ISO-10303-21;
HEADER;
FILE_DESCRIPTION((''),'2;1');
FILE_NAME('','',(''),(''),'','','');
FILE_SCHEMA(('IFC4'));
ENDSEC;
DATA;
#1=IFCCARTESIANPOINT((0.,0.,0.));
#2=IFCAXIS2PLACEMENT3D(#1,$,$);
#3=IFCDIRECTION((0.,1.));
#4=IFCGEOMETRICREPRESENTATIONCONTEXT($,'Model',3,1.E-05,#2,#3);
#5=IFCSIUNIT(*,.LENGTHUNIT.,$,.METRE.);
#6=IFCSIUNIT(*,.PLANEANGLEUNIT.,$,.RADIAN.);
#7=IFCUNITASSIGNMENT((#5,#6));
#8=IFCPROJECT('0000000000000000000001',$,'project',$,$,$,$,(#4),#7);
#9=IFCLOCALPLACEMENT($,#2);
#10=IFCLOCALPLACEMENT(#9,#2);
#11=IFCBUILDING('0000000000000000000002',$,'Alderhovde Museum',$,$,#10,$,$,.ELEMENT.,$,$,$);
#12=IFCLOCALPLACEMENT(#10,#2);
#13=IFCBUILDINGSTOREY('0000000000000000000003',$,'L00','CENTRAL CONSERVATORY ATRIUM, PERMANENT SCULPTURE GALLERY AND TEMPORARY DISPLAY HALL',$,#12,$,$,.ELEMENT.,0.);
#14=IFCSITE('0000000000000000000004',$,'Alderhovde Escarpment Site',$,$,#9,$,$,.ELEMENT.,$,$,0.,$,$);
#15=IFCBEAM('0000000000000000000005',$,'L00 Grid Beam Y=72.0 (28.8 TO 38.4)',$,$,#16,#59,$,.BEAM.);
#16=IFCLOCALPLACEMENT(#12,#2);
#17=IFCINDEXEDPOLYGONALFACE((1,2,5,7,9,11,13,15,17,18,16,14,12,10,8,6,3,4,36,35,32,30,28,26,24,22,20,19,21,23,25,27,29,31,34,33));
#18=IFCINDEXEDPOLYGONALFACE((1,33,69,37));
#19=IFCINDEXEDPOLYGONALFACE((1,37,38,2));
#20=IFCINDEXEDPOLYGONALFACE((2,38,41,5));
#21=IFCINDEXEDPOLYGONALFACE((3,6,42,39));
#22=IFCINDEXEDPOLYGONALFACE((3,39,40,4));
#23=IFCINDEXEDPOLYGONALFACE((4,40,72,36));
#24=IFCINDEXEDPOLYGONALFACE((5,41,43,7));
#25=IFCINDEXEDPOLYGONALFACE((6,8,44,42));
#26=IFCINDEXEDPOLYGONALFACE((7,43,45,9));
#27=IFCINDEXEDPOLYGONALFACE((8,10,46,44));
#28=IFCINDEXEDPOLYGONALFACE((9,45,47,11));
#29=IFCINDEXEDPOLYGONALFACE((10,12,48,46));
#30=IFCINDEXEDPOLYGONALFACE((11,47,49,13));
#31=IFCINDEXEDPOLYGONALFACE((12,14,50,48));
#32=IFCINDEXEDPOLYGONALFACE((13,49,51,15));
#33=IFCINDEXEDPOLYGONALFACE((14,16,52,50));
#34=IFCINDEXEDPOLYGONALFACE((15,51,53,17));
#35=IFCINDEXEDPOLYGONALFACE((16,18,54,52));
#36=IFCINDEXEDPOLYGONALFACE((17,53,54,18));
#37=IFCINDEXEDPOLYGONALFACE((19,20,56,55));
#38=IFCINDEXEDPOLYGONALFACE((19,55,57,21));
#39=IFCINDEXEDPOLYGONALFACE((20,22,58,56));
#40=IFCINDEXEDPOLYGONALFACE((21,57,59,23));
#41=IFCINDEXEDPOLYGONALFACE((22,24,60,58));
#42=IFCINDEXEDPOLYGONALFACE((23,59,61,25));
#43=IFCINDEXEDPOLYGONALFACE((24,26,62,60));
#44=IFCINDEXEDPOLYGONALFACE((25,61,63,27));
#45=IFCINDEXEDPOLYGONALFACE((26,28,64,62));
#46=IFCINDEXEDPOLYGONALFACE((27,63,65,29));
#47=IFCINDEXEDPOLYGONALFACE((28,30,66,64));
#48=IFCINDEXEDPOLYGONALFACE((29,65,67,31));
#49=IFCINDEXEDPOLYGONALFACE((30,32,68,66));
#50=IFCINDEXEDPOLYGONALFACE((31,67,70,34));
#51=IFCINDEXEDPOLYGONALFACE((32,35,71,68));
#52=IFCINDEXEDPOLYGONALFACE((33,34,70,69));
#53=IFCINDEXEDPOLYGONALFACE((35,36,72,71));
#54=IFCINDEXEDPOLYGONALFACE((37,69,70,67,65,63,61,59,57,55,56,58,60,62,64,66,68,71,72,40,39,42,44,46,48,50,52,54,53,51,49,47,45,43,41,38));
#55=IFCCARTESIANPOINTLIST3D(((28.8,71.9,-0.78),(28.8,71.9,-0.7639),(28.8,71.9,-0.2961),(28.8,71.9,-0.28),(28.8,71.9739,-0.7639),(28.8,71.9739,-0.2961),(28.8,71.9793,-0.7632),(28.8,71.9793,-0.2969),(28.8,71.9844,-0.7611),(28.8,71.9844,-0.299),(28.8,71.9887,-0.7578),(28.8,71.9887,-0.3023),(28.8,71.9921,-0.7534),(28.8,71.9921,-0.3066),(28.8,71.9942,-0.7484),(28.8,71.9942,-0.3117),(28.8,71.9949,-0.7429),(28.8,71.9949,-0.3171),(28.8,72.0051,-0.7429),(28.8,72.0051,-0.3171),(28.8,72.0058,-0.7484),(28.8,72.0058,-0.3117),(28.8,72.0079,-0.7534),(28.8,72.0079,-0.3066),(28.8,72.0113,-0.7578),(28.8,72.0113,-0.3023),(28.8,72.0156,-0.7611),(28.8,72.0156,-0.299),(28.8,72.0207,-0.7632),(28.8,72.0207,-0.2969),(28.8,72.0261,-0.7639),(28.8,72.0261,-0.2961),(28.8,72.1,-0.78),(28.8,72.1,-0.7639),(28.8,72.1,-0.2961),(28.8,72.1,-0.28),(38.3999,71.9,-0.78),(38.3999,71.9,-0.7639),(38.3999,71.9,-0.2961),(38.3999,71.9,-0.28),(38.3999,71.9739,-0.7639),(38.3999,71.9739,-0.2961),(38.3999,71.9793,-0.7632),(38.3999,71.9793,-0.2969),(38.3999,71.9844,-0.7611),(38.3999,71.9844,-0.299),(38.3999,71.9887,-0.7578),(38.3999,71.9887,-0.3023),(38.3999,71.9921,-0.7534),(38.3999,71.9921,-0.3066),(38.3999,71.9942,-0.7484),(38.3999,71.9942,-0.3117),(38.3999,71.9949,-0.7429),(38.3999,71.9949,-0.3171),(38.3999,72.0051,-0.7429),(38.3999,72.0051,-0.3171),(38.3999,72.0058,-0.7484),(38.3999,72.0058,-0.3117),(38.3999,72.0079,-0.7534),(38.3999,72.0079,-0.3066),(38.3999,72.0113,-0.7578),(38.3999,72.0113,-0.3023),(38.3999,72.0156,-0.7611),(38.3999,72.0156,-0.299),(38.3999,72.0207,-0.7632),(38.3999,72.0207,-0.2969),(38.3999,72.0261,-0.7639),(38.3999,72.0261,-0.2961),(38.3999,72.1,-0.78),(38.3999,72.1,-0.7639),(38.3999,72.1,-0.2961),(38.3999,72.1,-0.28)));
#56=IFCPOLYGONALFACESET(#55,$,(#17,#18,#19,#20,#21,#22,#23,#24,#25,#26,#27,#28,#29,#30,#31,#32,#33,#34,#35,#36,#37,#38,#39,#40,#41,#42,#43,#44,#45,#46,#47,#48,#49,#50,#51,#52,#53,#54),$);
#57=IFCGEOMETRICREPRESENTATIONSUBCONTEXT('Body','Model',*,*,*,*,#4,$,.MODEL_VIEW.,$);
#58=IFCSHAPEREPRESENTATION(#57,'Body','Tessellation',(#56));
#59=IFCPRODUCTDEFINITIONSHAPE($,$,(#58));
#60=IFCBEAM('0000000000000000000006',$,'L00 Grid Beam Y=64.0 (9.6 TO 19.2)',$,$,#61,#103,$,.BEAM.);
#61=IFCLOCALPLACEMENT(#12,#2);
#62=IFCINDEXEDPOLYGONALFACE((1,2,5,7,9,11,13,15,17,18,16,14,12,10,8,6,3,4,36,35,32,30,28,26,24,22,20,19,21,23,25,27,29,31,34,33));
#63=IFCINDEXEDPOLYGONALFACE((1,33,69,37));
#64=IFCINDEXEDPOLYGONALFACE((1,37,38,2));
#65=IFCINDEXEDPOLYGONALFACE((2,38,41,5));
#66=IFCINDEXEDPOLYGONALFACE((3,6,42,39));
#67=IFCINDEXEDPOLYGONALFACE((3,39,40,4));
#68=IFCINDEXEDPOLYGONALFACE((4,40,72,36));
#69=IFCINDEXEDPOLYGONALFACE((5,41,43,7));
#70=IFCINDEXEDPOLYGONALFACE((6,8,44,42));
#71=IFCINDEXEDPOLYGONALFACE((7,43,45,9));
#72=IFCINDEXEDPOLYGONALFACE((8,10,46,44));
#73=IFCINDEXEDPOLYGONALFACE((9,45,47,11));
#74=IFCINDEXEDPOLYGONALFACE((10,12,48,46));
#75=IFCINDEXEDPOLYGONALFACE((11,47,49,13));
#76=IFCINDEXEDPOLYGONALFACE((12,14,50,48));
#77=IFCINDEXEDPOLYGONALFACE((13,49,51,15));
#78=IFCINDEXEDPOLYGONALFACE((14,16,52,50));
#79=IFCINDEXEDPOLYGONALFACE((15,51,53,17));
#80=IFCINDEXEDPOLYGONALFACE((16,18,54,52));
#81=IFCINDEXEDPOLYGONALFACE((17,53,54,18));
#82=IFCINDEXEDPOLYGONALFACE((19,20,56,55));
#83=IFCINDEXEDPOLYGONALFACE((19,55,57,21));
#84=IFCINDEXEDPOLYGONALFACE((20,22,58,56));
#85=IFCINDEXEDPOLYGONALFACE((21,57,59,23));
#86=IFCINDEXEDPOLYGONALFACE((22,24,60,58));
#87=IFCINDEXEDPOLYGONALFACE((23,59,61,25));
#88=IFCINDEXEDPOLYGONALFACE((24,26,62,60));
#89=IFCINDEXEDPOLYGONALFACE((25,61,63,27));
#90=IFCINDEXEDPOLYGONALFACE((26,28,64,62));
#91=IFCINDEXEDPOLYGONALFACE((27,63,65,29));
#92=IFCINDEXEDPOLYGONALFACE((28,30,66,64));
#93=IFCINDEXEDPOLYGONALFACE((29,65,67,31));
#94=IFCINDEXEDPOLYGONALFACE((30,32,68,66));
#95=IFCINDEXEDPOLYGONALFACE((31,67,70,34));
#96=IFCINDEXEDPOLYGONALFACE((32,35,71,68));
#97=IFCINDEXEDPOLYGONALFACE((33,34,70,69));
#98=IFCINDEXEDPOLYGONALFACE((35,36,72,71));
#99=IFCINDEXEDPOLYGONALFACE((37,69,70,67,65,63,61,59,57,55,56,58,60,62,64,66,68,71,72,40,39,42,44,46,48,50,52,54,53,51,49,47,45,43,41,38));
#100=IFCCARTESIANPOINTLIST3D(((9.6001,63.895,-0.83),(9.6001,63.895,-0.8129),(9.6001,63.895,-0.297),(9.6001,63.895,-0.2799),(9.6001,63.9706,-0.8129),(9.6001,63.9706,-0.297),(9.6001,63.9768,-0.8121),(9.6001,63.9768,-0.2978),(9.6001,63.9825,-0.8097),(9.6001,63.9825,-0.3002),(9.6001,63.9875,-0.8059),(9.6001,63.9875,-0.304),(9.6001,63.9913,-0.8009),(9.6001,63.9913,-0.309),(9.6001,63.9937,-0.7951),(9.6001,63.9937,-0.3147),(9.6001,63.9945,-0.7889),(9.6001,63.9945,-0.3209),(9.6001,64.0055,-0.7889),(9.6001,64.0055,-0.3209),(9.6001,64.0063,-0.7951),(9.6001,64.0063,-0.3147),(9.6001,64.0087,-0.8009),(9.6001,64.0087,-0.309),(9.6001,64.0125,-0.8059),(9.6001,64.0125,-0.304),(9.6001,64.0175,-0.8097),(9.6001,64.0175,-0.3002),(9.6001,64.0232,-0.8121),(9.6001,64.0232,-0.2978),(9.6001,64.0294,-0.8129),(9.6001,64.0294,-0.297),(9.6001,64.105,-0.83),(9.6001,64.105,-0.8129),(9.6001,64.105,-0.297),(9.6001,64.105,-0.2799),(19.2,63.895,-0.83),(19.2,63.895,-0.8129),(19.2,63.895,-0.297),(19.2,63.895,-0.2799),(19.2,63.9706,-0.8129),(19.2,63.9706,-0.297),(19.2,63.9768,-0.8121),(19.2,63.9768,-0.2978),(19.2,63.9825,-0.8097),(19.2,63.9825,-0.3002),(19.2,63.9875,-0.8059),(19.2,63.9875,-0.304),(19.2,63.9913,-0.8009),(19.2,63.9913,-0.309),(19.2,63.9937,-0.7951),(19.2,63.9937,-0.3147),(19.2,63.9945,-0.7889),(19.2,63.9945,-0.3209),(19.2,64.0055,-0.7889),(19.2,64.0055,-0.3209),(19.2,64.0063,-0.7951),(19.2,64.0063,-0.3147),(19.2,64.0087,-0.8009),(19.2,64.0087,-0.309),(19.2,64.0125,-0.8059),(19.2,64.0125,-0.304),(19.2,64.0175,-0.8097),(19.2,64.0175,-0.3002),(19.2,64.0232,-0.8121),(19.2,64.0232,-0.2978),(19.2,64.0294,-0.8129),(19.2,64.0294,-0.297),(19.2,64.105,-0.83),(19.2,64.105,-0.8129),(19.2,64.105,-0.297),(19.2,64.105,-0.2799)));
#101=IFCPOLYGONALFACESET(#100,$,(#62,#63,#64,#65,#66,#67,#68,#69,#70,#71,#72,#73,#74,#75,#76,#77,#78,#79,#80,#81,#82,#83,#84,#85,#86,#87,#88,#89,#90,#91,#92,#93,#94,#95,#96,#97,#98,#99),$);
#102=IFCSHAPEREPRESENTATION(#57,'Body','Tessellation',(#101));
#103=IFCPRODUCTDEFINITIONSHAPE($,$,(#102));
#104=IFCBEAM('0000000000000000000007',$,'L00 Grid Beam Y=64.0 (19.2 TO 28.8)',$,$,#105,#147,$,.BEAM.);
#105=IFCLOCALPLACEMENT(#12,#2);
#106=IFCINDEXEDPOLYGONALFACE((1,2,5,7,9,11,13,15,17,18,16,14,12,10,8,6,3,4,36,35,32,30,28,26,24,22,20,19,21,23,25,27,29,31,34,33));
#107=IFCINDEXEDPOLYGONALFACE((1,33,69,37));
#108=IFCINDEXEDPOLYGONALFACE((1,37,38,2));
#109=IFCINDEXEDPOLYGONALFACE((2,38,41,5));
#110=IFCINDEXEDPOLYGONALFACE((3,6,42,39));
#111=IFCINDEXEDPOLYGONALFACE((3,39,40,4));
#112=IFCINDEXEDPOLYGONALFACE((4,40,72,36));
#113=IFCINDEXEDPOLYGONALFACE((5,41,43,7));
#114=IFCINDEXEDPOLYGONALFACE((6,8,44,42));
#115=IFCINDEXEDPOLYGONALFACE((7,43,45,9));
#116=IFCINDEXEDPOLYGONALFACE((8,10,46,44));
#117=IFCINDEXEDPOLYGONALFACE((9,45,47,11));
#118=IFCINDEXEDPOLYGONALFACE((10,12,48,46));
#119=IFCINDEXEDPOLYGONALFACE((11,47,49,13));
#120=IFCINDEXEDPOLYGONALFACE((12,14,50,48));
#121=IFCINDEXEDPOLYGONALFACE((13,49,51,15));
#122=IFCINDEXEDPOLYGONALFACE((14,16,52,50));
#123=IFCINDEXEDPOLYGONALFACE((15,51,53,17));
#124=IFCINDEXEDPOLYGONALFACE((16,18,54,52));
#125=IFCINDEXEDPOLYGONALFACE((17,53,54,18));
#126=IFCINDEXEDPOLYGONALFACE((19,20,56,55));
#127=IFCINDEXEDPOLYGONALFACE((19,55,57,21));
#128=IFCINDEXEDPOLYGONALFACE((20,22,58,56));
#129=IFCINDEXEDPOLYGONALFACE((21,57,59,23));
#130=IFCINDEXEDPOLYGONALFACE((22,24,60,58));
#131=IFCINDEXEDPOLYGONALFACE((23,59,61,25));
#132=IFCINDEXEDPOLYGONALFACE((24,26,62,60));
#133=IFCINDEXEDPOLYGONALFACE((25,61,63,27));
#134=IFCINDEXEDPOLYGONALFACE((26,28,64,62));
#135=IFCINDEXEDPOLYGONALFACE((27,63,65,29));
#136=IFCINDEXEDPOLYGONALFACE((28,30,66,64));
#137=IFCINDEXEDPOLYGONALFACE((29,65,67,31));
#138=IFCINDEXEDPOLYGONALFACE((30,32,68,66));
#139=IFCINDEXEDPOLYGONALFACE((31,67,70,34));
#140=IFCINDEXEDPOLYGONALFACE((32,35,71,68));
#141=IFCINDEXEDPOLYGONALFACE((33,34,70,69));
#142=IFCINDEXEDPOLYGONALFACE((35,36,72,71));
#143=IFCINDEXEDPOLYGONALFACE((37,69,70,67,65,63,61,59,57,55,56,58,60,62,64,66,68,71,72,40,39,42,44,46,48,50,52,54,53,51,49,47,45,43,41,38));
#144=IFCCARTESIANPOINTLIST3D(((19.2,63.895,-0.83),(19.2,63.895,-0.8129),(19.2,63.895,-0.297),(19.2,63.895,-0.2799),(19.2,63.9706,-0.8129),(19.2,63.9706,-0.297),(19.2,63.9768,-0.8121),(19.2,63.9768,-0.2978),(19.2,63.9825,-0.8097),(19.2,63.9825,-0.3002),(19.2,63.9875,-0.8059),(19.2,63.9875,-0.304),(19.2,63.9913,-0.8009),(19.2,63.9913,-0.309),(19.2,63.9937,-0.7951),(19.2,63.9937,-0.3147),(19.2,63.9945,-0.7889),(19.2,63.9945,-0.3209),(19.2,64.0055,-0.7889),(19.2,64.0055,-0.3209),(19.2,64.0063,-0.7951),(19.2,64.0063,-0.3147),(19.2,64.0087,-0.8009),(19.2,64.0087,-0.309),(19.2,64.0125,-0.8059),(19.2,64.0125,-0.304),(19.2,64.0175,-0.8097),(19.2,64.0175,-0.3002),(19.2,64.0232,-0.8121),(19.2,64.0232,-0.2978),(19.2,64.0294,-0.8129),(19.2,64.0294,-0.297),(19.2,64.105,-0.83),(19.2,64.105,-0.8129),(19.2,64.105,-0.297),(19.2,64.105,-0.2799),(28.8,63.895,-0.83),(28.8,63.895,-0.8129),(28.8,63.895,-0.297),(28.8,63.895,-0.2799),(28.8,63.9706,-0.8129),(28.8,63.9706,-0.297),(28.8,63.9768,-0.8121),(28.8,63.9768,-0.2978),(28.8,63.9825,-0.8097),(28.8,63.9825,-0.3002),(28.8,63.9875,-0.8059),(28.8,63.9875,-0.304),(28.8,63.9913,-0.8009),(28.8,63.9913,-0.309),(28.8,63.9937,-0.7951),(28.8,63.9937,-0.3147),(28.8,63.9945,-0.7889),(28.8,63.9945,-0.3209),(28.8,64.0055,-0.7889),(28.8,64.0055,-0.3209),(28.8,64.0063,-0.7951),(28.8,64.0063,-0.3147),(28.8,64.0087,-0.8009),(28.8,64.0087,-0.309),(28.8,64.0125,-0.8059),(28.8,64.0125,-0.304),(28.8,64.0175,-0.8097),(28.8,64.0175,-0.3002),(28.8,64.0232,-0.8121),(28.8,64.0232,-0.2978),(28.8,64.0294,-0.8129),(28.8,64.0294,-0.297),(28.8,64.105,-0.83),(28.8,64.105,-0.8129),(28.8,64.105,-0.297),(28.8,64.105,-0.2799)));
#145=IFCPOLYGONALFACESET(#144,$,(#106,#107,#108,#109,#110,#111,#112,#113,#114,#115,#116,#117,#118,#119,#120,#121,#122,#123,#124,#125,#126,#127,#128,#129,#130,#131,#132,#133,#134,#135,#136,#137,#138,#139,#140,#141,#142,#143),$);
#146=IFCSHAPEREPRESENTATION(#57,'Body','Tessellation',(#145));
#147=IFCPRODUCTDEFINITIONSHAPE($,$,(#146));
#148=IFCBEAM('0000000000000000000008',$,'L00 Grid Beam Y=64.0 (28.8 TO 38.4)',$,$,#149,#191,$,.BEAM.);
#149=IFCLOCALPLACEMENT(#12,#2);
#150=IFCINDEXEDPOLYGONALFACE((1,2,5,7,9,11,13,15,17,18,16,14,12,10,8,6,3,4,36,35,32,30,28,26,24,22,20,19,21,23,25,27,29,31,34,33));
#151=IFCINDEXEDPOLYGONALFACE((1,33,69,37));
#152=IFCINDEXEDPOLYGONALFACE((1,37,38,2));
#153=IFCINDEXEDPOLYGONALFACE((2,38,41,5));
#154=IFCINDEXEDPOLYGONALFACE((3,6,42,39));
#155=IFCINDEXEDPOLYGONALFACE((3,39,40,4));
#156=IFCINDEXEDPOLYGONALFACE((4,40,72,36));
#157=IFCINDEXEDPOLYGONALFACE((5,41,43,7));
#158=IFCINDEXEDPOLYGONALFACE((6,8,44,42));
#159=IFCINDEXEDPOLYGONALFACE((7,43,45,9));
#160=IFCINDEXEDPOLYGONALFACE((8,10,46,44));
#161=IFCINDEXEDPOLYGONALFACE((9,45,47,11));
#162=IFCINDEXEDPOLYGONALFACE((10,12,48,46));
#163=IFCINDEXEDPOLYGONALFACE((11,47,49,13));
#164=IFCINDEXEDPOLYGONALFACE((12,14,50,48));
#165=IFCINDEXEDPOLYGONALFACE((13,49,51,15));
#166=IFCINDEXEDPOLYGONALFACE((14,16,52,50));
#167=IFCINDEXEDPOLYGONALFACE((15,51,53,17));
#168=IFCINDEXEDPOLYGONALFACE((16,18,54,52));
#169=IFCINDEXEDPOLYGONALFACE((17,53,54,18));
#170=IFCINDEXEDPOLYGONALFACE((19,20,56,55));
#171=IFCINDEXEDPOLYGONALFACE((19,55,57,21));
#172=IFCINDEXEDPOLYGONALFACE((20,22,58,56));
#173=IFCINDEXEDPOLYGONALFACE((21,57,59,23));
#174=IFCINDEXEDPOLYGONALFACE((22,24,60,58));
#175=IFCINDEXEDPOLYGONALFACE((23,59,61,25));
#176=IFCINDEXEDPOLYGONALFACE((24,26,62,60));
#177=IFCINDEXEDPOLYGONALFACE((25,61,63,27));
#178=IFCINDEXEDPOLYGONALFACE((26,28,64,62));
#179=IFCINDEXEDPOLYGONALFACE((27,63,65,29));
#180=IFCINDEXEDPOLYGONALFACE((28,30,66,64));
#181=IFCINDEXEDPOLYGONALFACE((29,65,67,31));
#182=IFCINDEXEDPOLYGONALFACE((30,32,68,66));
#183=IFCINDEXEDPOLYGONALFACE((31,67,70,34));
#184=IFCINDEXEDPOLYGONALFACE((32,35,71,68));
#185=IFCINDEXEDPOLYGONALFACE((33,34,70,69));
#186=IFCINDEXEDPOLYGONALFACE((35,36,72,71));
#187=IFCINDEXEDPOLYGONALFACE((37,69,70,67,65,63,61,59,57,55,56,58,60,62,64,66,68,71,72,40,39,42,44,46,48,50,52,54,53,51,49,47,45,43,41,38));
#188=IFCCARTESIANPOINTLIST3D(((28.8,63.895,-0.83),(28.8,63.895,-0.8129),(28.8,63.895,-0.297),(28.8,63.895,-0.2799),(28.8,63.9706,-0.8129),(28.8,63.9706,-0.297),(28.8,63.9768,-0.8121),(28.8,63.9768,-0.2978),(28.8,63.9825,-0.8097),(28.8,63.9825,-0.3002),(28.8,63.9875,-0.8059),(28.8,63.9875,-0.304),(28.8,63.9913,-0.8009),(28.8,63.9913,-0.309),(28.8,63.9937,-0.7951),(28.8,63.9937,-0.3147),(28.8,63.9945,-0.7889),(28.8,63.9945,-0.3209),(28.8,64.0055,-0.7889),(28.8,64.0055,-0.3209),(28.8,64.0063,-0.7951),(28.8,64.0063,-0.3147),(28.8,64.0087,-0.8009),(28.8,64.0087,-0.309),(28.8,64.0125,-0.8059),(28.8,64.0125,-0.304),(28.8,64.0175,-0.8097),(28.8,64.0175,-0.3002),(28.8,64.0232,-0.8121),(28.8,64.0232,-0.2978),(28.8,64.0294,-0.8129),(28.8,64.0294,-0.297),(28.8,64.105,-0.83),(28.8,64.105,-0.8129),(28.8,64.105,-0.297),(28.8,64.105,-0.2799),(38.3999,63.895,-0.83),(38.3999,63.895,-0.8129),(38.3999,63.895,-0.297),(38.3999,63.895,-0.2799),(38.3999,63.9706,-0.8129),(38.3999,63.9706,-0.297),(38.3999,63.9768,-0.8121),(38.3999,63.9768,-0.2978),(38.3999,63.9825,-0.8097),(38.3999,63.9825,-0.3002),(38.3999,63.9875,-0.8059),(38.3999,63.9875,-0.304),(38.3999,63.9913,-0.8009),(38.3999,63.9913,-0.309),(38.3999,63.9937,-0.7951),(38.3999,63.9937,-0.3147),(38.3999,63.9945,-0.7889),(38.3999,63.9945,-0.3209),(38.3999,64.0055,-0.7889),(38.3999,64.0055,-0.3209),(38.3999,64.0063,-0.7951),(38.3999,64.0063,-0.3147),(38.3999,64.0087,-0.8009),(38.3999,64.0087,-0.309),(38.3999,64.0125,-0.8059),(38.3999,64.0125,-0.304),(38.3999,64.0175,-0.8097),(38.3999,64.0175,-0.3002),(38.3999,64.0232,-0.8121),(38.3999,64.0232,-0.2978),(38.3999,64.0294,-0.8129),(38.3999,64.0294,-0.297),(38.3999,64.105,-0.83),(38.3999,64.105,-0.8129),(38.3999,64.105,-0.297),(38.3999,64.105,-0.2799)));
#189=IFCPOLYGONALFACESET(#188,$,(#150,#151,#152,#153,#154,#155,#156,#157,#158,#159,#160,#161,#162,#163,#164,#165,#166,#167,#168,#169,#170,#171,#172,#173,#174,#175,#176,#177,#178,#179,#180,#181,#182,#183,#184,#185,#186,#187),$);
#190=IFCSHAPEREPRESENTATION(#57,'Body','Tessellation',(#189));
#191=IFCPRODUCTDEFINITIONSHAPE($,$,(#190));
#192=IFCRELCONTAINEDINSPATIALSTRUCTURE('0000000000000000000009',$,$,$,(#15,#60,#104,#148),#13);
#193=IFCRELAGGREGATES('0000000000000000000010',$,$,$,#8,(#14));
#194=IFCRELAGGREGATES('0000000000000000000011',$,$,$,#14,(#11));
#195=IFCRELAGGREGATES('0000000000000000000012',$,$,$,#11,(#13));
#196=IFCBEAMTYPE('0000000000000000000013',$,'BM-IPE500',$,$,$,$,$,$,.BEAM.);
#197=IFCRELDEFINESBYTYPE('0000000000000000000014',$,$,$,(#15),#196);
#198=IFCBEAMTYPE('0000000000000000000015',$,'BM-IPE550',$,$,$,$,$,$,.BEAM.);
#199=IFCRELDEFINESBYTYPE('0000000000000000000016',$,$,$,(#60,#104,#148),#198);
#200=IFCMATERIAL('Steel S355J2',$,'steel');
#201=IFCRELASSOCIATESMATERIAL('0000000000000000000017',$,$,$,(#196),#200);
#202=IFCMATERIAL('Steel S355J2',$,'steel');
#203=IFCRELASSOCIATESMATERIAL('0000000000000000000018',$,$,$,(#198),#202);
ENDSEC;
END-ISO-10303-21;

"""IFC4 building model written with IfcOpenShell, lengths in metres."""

from ifc_helpers import new_model, si_unit, direction, frame, origin, origin_2d, place, context, subcontext, project, spatial, i_section, extrude, material, material_profile, profile_set, type_object, element, save


model = new_model("IFC4")

# Units and contexts
model_context = context("Model", 3, precision=1e-05, world=origin(), true_north=direction((0.0, 1.0)))
body_context = subcontext(model_context, "Body", "Model", "MODEL_VIEW")
ifc_project = project(units=[si_unit("LENGTHUNIT", "METRE"), si_unit("PLANEANGLEUNIT", "RADIAN")], contexts=[model_context])

# Site, building, storey
site_placement = place(None, origin())
site = spatial("IfcSite", under=ifc_project, at=site_placement, Name="Alderhovde Escarpment Site", CompositionType="ELEMENT", RefElevation=0.0)
building_placement = place(site_placement, origin())
building = spatial("IfcBuilding", under=site, at=building_placement, Name="Alderhovde Museum", CompositionType="ELEMENT")
storey_placement = place(building_placement, origin())
storey = spatial("IfcBuildingStorey", under=building, at=storey_placement, Name="L00", Description="CENTRAL CONSERVATORY ATRIUM, PERMANENT SCULPTURE GALLERY AND TEMPORARY DISPLAY HALL", CompositionType="ELEMENT", Elevation=0.0)

# Beams
ifc_material_1 = material(Name="Steel S355J2", Category="steel")
ifc_material_profile_1 = material_profile(ifc_material_1, i_section(OverallWidth=0.2, OverallDepth=0.5, WebThickness=0.0103, FlangeThickness=0.0161, FilletRadius=0.021, at=origin_2d()), Name="IPE 500")
ifc_profile_set_1 = profile_set([ifc_material_profile_1], Name="Steel S355J2")
beam_type_1 = type_object("IfcBeamType", Name="BM-IPE500", PredefinedType="BEAM", material=ifc_profile_set_1)
beam_1_placement = place(storey_placement, frame((28.8, 72.0, -0.53), z_axis=(1.0, 0.0, 0.0), x_axis=(0.0, 1.0, 0.0)))
element("IfcBeam", 1, at=beam_1_placement, inside=storey, type_object=beam_type_1, Name="L00 Grid Beam Y=72.0 (28.8 TO 38.4)", PredefinedType="BEAM", context=body_context, shape_type="SweptSolid", body=[
    extrude(i_section(OverallWidth=0.2, OverallDepth=0.5, WebThickness=0.0103, FlangeThickness=0.0161, FilletRadius=0.021, at=origin_2d()), origin(), (0.0, 0.0, 1.0), 9.5999),
])
ifc_material_2 = material(Name="Steel S355J2", Category="steel")
ifc_material_profile_2 = material_profile(ifc_material_2, i_section(OverallWidth=0.21, OverallDepth=0.55, WebThickness=0.011, FlangeThickness=0.0171, FilletRadius=0.0239, at=origin_2d()), Name="IPE 550")
ifc_profile_set_2 = profile_set([ifc_material_profile_2], Name="Steel S355J2")
beam_type_2 = type_object("IfcBeamType", Name="BM-IPE550", PredefinedType="BEAM", material=ifc_profile_set_2)
beam_2_placement = place(storey_placement, frame((9.6001, 64.0, -0.5549), z_axis=(1.0, 0.0, 0.0), x_axis=(0.0, 1.0, 0.0)))
element("IfcBeam", 2, at=beam_2_placement, inside=storey, type_object=beam_type_2, Name="L00 Grid Beam Y=64.0 (9.6 TO 19.2)", PredefinedType="BEAM", context=body_context, shape_type="SweptSolid", body=[
    extrude(i_section(OverallWidth=0.21, OverallDepth=0.55, WebThickness=0.011, FlangeThickness=0.0171, FilletRadius=0.0239, at=origin_2d()), origin(), (0.0, 0.0, 1.0), 9.5999),
])
beam_3_placement = place(storey_placement, frame((19.2, 64.0, -0.5549), z_axis=(1.0, 0.0, 0.0), x_axis=(0.0, 1.0, 0.0)))
element("IfcBeam", 3, at=beam_3_placement, inside=storey, type_object=beam_type_2, Name="L00 Grid Beam Y=64.0 (19.2 TO 28.8)", PredefinedType="BEAM", context=body_context, shape_type="SweptSolid", body=[
    extrude(i_section(OverallWidth=0.21, OverallDepth=0.55, WebThickness=0.011, FlangeThickness=0.0171, FilletRadius=0.0239, at=origin_2d()), origin(), (0.0, 0.0, 1.0), 9.6001),
])
beam_4_placement = place(storey_placement, frame((28.8, 64.0, -0.5549), z_axis=(1.0, 0.0, 0.0), x_axis=(0.0, 1.0, 0.0)))
element("IfcBeam", 4, at=beam_4_placement, inside=storey, type_object=beam_type_2, Name="L00 Grid Beam Y=64.0 (28.8 TO 38.4)", PredefinedType="BEAM", context=body_context, shape_type="SweptSolid", body=[
    extrude(i_section(OverallWidth=0.21, OverallDepth=0.55, WebThickness=0.011, FlangeThickness=0.0171, FilletRadius=0.0239, at=origin_2d()), origin(), (0.0, 0.0, 1.0), 9.5999),
])

save(model, "model.ifc")
